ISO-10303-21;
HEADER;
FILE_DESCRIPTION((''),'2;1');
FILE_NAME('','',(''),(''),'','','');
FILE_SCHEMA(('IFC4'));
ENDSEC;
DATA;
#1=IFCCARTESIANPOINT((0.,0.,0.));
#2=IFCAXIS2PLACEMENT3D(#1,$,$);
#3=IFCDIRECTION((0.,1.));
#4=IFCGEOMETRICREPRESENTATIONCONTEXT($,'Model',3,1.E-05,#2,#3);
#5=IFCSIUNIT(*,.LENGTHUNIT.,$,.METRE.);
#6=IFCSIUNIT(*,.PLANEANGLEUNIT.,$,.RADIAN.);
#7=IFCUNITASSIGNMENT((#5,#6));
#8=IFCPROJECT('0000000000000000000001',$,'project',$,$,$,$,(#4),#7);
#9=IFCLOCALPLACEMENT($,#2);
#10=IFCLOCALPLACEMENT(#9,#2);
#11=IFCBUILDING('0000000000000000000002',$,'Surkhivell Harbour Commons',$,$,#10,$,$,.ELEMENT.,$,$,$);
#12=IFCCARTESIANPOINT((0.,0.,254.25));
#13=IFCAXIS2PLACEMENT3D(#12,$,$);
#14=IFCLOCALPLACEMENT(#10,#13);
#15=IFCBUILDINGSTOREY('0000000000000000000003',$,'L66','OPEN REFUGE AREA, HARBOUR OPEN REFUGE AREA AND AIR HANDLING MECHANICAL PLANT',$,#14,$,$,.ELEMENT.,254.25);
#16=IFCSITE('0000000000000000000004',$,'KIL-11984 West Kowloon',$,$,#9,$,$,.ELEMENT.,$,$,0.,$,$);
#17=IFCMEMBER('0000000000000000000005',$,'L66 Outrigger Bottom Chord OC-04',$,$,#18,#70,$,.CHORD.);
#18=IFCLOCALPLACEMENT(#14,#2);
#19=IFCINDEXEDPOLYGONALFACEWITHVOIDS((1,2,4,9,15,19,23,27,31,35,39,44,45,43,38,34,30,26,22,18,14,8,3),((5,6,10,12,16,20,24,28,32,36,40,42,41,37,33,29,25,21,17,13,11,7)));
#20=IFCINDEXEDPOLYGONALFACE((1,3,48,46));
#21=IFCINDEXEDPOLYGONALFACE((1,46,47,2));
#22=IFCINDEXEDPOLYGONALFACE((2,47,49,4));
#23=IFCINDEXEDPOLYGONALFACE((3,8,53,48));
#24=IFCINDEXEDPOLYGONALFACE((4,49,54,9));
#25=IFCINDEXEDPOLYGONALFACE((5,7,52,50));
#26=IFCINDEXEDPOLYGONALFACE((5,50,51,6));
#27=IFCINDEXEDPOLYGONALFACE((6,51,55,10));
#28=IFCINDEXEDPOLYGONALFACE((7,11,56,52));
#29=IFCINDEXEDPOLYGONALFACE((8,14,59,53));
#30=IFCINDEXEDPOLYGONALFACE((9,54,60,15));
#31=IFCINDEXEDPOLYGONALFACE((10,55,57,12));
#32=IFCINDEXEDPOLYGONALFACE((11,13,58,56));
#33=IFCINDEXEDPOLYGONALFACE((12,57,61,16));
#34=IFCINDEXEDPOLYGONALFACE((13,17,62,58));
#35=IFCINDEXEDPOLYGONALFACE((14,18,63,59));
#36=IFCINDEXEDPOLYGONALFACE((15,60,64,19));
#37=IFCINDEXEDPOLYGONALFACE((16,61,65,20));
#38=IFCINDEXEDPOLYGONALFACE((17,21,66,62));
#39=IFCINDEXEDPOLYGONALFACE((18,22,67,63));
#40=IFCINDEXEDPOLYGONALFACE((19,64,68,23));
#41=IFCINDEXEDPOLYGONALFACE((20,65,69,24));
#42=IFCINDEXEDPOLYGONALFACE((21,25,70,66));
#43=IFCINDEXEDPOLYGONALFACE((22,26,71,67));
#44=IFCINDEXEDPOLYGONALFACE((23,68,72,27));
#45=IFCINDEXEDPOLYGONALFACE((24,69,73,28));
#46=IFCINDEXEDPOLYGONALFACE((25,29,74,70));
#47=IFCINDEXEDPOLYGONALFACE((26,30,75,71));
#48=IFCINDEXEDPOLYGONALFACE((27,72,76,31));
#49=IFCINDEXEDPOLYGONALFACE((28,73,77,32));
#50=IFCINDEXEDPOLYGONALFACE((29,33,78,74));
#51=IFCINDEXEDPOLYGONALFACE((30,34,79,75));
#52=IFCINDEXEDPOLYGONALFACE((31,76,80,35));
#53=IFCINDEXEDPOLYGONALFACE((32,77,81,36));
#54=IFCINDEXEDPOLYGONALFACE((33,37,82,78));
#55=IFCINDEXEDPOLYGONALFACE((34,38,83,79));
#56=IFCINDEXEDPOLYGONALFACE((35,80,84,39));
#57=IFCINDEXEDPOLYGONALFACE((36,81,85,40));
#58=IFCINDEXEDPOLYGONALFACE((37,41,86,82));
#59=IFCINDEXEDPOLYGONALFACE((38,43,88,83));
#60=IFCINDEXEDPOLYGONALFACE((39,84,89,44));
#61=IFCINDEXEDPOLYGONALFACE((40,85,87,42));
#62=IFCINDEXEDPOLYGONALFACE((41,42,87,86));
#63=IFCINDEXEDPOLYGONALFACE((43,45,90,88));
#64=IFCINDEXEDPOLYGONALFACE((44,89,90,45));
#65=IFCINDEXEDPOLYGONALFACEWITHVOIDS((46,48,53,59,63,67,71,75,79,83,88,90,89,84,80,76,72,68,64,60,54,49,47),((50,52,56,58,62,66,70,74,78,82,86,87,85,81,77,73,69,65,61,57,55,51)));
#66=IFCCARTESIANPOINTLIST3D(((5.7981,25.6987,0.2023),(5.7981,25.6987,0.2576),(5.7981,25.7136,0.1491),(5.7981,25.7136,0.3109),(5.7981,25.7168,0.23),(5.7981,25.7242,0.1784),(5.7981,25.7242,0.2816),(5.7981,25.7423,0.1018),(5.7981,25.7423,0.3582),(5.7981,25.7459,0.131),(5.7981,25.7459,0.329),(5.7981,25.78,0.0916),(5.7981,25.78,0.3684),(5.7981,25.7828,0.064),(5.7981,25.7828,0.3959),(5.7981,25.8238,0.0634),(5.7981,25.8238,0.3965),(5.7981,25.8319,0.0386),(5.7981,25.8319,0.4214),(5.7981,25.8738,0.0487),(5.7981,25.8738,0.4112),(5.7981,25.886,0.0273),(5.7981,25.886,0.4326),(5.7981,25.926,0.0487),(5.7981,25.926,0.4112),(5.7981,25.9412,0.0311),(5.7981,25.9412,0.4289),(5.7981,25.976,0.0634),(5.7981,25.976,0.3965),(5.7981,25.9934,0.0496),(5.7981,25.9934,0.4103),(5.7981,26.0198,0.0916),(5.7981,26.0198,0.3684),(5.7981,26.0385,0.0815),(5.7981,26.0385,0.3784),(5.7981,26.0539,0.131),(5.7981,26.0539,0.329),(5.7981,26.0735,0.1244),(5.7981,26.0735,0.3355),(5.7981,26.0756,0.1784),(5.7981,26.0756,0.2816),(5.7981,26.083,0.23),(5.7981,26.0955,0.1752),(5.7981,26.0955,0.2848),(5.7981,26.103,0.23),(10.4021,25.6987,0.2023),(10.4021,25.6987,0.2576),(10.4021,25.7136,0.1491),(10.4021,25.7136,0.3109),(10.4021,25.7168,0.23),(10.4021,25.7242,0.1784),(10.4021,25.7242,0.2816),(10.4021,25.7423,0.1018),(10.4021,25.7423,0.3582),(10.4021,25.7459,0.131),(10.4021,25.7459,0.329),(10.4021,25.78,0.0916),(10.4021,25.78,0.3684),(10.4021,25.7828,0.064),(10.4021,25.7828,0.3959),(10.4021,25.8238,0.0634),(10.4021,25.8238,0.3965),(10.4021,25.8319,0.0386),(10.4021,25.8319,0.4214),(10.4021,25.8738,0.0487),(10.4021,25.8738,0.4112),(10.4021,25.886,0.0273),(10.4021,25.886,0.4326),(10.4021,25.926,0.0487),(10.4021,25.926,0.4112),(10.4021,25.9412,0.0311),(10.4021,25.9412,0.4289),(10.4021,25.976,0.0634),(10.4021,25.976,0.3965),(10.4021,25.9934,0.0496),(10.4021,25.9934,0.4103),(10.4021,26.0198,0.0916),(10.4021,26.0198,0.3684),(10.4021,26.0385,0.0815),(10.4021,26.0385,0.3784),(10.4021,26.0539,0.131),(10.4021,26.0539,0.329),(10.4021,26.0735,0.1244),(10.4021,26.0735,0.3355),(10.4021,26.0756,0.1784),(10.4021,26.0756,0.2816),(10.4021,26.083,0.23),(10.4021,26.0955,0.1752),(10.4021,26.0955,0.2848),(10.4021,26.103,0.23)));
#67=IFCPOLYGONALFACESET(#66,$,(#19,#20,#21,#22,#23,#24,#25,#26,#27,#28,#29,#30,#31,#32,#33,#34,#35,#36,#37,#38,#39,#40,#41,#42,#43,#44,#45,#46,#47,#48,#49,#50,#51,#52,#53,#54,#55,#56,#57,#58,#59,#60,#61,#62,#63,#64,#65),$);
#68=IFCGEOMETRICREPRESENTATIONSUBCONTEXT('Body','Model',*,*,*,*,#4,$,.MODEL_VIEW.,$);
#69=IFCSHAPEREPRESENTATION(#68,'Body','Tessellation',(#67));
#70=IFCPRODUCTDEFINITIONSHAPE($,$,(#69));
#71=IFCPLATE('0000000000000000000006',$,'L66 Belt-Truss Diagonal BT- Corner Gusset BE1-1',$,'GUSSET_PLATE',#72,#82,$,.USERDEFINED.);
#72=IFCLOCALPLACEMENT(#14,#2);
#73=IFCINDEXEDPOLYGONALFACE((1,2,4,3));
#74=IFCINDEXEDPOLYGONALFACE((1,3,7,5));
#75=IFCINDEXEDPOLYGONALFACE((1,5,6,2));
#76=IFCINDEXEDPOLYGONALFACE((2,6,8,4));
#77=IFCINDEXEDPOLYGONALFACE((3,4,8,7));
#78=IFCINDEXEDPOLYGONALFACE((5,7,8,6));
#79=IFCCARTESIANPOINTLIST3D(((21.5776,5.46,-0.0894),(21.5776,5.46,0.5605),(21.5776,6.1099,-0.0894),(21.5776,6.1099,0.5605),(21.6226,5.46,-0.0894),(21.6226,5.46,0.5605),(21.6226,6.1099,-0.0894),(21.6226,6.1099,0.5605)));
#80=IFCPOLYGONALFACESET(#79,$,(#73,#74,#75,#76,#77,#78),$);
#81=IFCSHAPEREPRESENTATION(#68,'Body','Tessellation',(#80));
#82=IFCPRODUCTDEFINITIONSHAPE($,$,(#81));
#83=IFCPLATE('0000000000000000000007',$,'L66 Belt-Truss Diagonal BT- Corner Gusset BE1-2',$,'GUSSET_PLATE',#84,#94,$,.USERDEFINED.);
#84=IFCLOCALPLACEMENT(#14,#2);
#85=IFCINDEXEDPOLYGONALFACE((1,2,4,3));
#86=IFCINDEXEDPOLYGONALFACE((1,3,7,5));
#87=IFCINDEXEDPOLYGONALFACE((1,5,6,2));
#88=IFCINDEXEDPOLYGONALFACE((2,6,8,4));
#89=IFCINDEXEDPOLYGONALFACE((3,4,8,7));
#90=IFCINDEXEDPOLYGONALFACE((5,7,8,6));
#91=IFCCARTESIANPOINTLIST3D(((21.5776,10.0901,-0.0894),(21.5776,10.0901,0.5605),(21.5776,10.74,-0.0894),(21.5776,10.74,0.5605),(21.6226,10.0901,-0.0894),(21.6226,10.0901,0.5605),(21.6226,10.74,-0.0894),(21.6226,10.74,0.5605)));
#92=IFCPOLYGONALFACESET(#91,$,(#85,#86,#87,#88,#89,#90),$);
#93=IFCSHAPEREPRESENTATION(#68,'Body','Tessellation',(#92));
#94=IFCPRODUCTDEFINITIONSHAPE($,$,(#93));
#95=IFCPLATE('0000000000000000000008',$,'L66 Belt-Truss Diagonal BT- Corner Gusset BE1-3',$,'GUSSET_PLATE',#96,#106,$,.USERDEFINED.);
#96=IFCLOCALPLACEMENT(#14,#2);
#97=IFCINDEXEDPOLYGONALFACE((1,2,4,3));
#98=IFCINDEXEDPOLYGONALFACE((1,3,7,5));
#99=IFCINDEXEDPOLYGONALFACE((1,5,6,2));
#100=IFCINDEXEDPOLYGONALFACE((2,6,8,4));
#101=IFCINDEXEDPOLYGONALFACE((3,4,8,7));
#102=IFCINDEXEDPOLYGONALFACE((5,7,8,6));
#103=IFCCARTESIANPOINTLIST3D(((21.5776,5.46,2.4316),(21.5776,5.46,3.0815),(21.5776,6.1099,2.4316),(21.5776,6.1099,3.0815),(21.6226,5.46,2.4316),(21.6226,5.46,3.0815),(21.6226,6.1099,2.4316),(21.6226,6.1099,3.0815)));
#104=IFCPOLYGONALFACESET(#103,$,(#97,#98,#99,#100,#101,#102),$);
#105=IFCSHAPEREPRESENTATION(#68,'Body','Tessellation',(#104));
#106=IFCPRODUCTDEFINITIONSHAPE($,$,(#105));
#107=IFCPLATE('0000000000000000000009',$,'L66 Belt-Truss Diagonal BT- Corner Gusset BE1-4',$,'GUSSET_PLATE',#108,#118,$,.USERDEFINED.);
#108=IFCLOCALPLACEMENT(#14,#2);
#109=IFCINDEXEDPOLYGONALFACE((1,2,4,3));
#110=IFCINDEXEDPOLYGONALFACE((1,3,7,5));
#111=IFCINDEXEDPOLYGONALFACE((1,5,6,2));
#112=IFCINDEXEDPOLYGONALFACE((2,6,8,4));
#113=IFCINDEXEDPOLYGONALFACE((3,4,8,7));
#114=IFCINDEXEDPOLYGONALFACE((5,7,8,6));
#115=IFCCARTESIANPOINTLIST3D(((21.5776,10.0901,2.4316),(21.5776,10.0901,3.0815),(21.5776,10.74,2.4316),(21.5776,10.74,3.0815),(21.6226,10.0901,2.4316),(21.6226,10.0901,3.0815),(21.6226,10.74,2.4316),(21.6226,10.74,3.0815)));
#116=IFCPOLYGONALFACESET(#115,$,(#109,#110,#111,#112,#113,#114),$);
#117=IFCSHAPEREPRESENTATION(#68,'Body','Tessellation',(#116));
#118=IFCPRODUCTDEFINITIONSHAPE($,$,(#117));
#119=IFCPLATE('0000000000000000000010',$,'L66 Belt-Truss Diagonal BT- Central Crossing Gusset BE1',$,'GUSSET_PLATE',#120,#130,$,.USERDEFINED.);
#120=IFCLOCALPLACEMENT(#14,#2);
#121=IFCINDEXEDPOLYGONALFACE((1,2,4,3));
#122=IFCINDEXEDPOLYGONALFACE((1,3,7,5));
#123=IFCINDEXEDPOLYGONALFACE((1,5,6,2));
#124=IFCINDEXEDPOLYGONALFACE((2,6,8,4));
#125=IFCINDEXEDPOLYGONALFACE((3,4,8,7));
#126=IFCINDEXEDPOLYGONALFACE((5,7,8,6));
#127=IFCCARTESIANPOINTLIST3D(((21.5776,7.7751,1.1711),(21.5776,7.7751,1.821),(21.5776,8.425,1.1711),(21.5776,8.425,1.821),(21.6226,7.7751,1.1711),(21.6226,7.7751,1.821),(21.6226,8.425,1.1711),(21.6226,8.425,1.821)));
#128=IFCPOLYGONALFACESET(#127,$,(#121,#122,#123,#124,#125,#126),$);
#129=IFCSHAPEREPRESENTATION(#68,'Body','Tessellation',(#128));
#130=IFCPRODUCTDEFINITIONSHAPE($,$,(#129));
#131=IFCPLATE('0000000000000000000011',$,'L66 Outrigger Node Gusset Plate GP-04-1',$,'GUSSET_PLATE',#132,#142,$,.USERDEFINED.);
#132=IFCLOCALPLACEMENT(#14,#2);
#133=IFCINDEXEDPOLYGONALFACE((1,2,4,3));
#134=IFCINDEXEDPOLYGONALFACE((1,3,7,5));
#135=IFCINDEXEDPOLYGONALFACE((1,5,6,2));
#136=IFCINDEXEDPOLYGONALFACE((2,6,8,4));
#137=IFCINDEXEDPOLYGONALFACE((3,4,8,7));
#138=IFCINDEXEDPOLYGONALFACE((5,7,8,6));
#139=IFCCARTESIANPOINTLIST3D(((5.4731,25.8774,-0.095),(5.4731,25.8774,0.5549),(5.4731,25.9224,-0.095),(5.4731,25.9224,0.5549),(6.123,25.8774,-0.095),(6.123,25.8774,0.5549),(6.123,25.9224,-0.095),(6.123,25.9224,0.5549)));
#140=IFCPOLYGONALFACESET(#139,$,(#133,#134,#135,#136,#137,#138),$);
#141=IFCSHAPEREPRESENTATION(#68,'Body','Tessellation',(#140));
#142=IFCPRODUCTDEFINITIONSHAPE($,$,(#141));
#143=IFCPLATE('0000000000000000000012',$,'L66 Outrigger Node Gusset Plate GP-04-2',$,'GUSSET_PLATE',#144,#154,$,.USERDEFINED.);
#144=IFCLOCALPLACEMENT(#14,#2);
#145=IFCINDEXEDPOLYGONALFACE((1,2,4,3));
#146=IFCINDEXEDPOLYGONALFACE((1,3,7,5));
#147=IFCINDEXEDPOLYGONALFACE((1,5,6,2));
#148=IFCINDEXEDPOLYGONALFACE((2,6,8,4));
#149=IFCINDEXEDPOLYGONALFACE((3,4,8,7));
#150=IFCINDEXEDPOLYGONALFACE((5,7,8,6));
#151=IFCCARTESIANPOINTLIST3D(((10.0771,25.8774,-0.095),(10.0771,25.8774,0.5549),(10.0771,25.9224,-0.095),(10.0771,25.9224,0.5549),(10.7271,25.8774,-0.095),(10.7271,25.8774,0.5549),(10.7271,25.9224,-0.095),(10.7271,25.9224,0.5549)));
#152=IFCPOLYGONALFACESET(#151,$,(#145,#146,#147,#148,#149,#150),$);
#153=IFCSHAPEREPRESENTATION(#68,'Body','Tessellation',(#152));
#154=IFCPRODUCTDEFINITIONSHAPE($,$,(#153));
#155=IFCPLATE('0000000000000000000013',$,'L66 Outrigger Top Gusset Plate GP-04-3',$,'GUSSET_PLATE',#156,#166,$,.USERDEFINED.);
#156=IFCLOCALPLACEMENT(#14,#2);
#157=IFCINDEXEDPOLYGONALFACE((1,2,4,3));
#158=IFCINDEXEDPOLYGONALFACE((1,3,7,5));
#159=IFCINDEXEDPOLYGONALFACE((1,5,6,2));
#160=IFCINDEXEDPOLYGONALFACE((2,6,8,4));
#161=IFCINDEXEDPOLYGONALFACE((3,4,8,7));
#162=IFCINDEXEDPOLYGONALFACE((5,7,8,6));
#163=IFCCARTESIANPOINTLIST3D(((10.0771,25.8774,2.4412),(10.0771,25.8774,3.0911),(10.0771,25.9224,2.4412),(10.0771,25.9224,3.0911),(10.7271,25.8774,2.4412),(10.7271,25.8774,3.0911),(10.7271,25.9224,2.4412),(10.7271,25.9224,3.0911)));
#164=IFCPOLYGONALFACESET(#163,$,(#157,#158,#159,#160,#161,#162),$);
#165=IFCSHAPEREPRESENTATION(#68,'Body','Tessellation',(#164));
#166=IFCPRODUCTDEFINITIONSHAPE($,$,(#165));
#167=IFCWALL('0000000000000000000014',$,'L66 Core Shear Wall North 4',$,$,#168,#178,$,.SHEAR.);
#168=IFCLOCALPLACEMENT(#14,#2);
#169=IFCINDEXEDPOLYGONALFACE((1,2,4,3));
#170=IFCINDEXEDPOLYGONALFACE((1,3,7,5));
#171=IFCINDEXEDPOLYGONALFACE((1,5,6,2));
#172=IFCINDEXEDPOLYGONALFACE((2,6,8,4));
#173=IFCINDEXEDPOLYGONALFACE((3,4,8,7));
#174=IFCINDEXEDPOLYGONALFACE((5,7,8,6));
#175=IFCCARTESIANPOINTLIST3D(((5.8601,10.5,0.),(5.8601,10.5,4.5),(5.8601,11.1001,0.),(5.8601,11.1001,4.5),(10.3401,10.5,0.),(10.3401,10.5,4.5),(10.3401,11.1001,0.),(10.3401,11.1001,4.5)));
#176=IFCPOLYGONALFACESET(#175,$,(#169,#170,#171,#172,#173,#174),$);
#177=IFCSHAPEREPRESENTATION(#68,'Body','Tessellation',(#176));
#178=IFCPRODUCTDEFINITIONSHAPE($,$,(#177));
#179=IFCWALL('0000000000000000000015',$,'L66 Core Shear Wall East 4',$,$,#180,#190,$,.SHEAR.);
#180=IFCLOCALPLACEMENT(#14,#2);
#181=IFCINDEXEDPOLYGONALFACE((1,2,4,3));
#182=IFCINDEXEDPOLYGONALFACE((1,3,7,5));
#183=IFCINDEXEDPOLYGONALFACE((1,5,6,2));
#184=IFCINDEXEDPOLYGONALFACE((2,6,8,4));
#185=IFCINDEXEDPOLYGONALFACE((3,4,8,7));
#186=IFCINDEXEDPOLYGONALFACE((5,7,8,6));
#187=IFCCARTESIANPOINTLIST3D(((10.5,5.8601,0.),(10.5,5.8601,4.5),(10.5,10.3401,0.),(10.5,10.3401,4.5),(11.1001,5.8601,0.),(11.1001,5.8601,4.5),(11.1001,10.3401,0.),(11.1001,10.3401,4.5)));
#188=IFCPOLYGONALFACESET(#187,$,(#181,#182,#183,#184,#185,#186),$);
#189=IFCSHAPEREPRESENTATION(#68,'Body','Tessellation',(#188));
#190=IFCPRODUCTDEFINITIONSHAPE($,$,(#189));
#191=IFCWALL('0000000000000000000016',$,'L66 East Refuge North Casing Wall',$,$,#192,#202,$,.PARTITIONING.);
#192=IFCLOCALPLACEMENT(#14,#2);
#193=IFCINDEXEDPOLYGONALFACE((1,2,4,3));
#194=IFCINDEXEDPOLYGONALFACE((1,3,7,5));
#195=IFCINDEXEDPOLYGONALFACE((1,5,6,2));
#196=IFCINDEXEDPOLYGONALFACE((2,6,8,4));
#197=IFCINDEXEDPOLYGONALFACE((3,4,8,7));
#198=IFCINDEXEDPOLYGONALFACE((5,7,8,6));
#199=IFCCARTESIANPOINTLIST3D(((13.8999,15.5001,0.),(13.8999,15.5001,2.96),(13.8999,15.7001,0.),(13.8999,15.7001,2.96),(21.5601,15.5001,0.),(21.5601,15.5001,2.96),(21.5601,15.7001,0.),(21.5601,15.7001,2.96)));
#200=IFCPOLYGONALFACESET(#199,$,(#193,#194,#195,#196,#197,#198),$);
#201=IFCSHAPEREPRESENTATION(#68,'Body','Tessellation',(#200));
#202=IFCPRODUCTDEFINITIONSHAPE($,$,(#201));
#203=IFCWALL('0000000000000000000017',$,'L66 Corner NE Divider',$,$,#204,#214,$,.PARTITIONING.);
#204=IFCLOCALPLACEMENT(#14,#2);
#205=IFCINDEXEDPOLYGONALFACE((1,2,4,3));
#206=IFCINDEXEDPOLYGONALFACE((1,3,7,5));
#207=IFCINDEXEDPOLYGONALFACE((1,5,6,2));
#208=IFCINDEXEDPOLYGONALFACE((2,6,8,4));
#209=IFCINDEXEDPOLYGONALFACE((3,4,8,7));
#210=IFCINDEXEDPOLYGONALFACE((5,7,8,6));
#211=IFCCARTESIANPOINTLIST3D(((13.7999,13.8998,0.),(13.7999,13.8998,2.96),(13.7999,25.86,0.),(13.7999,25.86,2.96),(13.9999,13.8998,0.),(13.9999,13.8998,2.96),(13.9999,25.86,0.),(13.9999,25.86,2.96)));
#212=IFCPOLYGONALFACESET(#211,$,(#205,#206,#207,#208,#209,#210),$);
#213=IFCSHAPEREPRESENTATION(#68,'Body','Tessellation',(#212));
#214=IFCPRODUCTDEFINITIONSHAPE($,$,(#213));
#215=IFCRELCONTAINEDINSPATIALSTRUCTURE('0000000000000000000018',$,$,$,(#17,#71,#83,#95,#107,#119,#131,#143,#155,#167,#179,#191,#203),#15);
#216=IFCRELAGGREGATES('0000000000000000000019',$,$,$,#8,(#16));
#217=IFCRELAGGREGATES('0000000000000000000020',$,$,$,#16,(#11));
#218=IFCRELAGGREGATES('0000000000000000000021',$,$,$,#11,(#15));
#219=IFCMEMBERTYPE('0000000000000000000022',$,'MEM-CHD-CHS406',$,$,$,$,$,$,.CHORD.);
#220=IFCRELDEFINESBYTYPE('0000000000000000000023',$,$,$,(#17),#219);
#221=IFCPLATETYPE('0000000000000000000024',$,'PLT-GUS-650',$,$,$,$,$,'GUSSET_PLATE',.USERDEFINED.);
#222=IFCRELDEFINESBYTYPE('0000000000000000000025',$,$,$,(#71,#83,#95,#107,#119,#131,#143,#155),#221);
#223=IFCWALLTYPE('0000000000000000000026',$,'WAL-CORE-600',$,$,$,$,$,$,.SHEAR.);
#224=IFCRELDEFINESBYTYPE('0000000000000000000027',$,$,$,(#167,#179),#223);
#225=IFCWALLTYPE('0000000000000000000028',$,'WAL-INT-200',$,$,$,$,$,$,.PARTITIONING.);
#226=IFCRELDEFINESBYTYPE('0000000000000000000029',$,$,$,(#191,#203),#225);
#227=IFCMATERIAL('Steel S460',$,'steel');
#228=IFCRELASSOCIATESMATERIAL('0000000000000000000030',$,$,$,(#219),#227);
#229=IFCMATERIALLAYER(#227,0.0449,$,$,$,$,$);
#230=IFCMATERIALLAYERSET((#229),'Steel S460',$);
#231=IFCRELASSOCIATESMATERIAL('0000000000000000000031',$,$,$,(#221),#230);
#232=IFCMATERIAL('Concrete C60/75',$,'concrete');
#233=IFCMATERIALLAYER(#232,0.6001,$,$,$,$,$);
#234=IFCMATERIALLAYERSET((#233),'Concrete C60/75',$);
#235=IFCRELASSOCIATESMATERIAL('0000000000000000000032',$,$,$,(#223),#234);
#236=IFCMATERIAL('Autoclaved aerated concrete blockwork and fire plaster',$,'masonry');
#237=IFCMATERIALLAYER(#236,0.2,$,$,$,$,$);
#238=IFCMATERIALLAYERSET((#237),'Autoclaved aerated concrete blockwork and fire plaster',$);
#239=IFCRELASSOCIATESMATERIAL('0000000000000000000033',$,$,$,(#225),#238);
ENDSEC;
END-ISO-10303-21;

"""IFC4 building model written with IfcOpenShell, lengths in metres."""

from ifc_helpers import new_model, si_unit, direction, frame, frame_2d, origin, origin_2d, place, context, subcontext, project, spatial, rectangle, hollow_circle, extrude, material, layer, layer_set, material_profile, profile_set, type_object, element, save


model = new_model("IFC4")

# Units and contexts
model_context = context("Model", 3, precision=1e-05, world=origin(), true_north=direction((0.0, 1.0)))
body_context = subcontext(model_context, "Body", "Model", "MODEL_VIEW")
ifc_project = project(units=[si_unit("LENGTHUNIT", "METRE"), si_unit("PLANEANGLEUNIT", "RADIAN")], contexts=[model_context])

# Site, building, storey
site_placement = place(None, origin())
site = spatial("IfcSite", under=ifc_project, at=site_placement, Name="KIL-11984 West Kowloon", CompositionType="ELEMENT", RefElevation=0.0)
building_placement = place(site_placement, origin())
building = spatial("IfcBuilding", under=site, at=building_placement, Name="Surkhivell Harbour Commons", CompositionType="ELEMENT")
storey_placement = place(building_placement, frame((0.0, 0.0, 254.25)))
storey = spatial("IfcBuildingStorey", under=building, at=storey_placement, Name="L66", Description="OPEN REFUGE AREA, HARBOUR OPEN REFUGE AREA AND AIR HANDLING MECHANICAL PLANT", CompositionType="ELEMENT", Elevation=254.25)

# Shared definitions
ifc_material_1 = material(Name="Concrete C60/75", Category="concrete")

# Shared definitions
ifc_material_2 = material(Name="Steel S460", Category="steel")

# Member
ifc_material_profile_1 = material_profile(ifc_material_2, hollow_circle(Radius=0.2031, WallThickness=0.02, at=origin_2d()), Name="CHS406x20")
ifc_profile_set_1 = profile_set([ifc_material_profile_1], Name="Steel S460")
member_type_1 = type_object("IfcMemberType", Name="MEM-CHD-CHS406", PredefinedType="CHORD", material=ifc_profile_set_1)
member_1_placement = place(storey_placement, frame((5.7981, 25.8999, 0.23), z_axis=(1.0, 0.0, 0.0), x_axis=(0.0, 1.0, 0.0)))
element("IfcMember", 1, at=member_1_placement, inside=storey, type_object=member_type_1, Name="L66 Outrigger Bottom Chord OC-04", PredefinedType="CHORD", context=body_context, shape_type="SweptSolid", body=[
    extrude(hollow_circle(Radius=0.2031, WallThickness=0.02, at=origin_2d()), origin(), (0.0, 0.0, 1.0), 4.604),
])

# Plates
ifc_layer_1 = layer(ifc_material_2, 0.0449)
ifc_layer_set_1 = layer_set([ifc_layer_1], Name="Steel S460")
plate_type = type_object("IfcPlateType", Name="PLT-GUS-650", ElementType="GUSSET_PLATE", PredefinedType="USERDEFINED", material=ifc_layer_set_1)
for number, where, z_axis, x_axis, name in (
    (2, (21.6001, 5.7849, -0.0894), (0.0, 0.0, 1.0), (0.0, 1.0, 0.0), "L66 Belt-Truss Diagonal BT- Corner Gusset BE1-1"),
    (3, (21.6001, 10.415, -0.0894), (0.0, 0.0, 1.0), (0.0, 1.0, 0.0), "L66 Belt-Truss Diagonal BT- Corner Gusset BE1-2"),
    (4, (21.6001, 5.7849, 2.4316), (0.0, 0.0, 1.0), (0.0, 1.0, 0.0), "L66 Belt-Truss Diagonal BT- Corner Gusset BE1-3"),
    (5, (21.6001, 10.415, 2.4316), (0.0, 0.0, 1.0), (0.0, 1.0, 0.0), "L66 Belt-Truss Diagonal BT- Corner Gusset BE1-4"),
    (6, (21.6001, 8.1001, 1.1711), (0.0, 0.0, 1.0), (0.0, 1.0, 0.0), "L66 Belt-Truss Diagonal BT- Central Crossing Gusset BE1"),
    (7, (5.7981, 25.8999, -0.095), (0.0, 0.0, 1.0), (1.0, 0.0, 0.0), "L66 Outrigger Node Gusset Plate GP-04-1"),
    (8, (10.4021, 25.8999, -0.095), (0.0, 0.0, 1.0), (1.0, 0.0, 0.0), "L66 Outrigger Node Gusset Plate GP-04-2"),
    (9, (10.4021, 25.8999, 2.4412), (0.0, 0.0, 1.0), (1.0, 0.0, 0.0), "L66 Outrigger Top Gusset Plate GP-04-3"),
):
    element("IfcPlate", number, at=place(storey_placement, frame(where, z_axis=z_axis, x_axis=x_axis)), inside=storey, type_object=plate_type, Name=name, ObjectType="GUSSET_PLATE", PredefinedType="USERDEFINED", context=body_context, shape_type="SweptSolid", body=[
        extrude(rectangle(XDim=0.6499, YDim=0.0449, at=origin_2d()), origin(), (0.0, 0.0, 1.0), 0.6499),
    ])

# Walls
ifc_layer_2 = layer(ifc_material_1, 0.6001)
ifc_layer_set_2 = layer_set([ifc_layer_2], Name="Concrete C60/75")
wall_type_1 = type_object("IfcWallType", Name="WAL-CORE-600", PredefinedType="SHEAR", material=ifc_layer_set_2)
for number, where, z_axis, x_axis, name in (
    (10, (5.8601, 10.8, 0.0), (0.0, 0.0, 1.0), (1.0, 0.0, 0.0), "L66 Core Shear Wall North 4"),
    (11, (10.8, 5.8601, 0.0), (0.0, 0.0, 1.0), (0.0, 1.0, 0.0), "L66 Core Shear Wall East 4"),
):
    element("IfcWall", number, at=place(storey_placement, frame(where, z_axis=z_axis, x_axis=x_axis)), inside=storey, type_object=wall_type_1, Name=name, PredefinedType="SHEAR", context=body_context, shape_type="SweptSolid", body=[
        extrude(rectangle(XDim=4.48, YDim=0.6001, at=frame_2d((2.24, 0.0))), origin(), (0.0, 0.0, 1.0), 4.5),
    ])
ifc_material_3 = material(Name="Autoclaved aerated concrete blockwork and fire plaster", Category="masonry")
ifc_layer_3 = layer(ifc_material_3, 0.2)
ifc_layer_set_3 = layer_set([ifc_layer_3], Name="Autoclaved aerated concrete blockwork and fire plaster")
wall_type_2 = type_object("IfcWallType", Name="WAL-INT-200", PredefinedType="PARTITIONING", material=ifc_layer_set_3)
wall_1_placement = place(storey_placement, frame((13.8999, 15.6001, 0.0), z_axis=(0.0, 0.0, 1.0), x_axis=(1.0, 0.0, 0.0)))
element("IfcWall", 12, at=wall_1_placement, inside=storey, type_object=wall_type_2, Name="L66 East Refuge North Casing Wall", PredefinedType="PARTITIONING", context=body_context, shape_type="SweptSolid", body=[
    extrude(rectangle(XDim=7.6602, YDim=0.2, at=frame_2d((3.8301, 0.0))), origin(), (0.0, 0.0, 1.0), 2.96),
])
wall_2_placement = place(storey_placement, frame((13.8999, 13.8999, 0.0), z_axis=(0.0, 0.0, 1.0), x_axis=(0.0, 1.0, 0.0)))
element("IfcWall", 13, at=wall_2_placement, inside=storey, type_object=wall_type_2, Name="L66 Corner NE Divider", PredefinedType="PARTITIONING", context=body_context, shape_type="SweptSolid", body=[
    extrude(rectangle(XDim=11.9602, YDim=0.2, at=frame_2d((5.98, 0.0))), origin(), (0.0, 0.0, 1.0), 2.96),
])

save(model, "model.ifc")
